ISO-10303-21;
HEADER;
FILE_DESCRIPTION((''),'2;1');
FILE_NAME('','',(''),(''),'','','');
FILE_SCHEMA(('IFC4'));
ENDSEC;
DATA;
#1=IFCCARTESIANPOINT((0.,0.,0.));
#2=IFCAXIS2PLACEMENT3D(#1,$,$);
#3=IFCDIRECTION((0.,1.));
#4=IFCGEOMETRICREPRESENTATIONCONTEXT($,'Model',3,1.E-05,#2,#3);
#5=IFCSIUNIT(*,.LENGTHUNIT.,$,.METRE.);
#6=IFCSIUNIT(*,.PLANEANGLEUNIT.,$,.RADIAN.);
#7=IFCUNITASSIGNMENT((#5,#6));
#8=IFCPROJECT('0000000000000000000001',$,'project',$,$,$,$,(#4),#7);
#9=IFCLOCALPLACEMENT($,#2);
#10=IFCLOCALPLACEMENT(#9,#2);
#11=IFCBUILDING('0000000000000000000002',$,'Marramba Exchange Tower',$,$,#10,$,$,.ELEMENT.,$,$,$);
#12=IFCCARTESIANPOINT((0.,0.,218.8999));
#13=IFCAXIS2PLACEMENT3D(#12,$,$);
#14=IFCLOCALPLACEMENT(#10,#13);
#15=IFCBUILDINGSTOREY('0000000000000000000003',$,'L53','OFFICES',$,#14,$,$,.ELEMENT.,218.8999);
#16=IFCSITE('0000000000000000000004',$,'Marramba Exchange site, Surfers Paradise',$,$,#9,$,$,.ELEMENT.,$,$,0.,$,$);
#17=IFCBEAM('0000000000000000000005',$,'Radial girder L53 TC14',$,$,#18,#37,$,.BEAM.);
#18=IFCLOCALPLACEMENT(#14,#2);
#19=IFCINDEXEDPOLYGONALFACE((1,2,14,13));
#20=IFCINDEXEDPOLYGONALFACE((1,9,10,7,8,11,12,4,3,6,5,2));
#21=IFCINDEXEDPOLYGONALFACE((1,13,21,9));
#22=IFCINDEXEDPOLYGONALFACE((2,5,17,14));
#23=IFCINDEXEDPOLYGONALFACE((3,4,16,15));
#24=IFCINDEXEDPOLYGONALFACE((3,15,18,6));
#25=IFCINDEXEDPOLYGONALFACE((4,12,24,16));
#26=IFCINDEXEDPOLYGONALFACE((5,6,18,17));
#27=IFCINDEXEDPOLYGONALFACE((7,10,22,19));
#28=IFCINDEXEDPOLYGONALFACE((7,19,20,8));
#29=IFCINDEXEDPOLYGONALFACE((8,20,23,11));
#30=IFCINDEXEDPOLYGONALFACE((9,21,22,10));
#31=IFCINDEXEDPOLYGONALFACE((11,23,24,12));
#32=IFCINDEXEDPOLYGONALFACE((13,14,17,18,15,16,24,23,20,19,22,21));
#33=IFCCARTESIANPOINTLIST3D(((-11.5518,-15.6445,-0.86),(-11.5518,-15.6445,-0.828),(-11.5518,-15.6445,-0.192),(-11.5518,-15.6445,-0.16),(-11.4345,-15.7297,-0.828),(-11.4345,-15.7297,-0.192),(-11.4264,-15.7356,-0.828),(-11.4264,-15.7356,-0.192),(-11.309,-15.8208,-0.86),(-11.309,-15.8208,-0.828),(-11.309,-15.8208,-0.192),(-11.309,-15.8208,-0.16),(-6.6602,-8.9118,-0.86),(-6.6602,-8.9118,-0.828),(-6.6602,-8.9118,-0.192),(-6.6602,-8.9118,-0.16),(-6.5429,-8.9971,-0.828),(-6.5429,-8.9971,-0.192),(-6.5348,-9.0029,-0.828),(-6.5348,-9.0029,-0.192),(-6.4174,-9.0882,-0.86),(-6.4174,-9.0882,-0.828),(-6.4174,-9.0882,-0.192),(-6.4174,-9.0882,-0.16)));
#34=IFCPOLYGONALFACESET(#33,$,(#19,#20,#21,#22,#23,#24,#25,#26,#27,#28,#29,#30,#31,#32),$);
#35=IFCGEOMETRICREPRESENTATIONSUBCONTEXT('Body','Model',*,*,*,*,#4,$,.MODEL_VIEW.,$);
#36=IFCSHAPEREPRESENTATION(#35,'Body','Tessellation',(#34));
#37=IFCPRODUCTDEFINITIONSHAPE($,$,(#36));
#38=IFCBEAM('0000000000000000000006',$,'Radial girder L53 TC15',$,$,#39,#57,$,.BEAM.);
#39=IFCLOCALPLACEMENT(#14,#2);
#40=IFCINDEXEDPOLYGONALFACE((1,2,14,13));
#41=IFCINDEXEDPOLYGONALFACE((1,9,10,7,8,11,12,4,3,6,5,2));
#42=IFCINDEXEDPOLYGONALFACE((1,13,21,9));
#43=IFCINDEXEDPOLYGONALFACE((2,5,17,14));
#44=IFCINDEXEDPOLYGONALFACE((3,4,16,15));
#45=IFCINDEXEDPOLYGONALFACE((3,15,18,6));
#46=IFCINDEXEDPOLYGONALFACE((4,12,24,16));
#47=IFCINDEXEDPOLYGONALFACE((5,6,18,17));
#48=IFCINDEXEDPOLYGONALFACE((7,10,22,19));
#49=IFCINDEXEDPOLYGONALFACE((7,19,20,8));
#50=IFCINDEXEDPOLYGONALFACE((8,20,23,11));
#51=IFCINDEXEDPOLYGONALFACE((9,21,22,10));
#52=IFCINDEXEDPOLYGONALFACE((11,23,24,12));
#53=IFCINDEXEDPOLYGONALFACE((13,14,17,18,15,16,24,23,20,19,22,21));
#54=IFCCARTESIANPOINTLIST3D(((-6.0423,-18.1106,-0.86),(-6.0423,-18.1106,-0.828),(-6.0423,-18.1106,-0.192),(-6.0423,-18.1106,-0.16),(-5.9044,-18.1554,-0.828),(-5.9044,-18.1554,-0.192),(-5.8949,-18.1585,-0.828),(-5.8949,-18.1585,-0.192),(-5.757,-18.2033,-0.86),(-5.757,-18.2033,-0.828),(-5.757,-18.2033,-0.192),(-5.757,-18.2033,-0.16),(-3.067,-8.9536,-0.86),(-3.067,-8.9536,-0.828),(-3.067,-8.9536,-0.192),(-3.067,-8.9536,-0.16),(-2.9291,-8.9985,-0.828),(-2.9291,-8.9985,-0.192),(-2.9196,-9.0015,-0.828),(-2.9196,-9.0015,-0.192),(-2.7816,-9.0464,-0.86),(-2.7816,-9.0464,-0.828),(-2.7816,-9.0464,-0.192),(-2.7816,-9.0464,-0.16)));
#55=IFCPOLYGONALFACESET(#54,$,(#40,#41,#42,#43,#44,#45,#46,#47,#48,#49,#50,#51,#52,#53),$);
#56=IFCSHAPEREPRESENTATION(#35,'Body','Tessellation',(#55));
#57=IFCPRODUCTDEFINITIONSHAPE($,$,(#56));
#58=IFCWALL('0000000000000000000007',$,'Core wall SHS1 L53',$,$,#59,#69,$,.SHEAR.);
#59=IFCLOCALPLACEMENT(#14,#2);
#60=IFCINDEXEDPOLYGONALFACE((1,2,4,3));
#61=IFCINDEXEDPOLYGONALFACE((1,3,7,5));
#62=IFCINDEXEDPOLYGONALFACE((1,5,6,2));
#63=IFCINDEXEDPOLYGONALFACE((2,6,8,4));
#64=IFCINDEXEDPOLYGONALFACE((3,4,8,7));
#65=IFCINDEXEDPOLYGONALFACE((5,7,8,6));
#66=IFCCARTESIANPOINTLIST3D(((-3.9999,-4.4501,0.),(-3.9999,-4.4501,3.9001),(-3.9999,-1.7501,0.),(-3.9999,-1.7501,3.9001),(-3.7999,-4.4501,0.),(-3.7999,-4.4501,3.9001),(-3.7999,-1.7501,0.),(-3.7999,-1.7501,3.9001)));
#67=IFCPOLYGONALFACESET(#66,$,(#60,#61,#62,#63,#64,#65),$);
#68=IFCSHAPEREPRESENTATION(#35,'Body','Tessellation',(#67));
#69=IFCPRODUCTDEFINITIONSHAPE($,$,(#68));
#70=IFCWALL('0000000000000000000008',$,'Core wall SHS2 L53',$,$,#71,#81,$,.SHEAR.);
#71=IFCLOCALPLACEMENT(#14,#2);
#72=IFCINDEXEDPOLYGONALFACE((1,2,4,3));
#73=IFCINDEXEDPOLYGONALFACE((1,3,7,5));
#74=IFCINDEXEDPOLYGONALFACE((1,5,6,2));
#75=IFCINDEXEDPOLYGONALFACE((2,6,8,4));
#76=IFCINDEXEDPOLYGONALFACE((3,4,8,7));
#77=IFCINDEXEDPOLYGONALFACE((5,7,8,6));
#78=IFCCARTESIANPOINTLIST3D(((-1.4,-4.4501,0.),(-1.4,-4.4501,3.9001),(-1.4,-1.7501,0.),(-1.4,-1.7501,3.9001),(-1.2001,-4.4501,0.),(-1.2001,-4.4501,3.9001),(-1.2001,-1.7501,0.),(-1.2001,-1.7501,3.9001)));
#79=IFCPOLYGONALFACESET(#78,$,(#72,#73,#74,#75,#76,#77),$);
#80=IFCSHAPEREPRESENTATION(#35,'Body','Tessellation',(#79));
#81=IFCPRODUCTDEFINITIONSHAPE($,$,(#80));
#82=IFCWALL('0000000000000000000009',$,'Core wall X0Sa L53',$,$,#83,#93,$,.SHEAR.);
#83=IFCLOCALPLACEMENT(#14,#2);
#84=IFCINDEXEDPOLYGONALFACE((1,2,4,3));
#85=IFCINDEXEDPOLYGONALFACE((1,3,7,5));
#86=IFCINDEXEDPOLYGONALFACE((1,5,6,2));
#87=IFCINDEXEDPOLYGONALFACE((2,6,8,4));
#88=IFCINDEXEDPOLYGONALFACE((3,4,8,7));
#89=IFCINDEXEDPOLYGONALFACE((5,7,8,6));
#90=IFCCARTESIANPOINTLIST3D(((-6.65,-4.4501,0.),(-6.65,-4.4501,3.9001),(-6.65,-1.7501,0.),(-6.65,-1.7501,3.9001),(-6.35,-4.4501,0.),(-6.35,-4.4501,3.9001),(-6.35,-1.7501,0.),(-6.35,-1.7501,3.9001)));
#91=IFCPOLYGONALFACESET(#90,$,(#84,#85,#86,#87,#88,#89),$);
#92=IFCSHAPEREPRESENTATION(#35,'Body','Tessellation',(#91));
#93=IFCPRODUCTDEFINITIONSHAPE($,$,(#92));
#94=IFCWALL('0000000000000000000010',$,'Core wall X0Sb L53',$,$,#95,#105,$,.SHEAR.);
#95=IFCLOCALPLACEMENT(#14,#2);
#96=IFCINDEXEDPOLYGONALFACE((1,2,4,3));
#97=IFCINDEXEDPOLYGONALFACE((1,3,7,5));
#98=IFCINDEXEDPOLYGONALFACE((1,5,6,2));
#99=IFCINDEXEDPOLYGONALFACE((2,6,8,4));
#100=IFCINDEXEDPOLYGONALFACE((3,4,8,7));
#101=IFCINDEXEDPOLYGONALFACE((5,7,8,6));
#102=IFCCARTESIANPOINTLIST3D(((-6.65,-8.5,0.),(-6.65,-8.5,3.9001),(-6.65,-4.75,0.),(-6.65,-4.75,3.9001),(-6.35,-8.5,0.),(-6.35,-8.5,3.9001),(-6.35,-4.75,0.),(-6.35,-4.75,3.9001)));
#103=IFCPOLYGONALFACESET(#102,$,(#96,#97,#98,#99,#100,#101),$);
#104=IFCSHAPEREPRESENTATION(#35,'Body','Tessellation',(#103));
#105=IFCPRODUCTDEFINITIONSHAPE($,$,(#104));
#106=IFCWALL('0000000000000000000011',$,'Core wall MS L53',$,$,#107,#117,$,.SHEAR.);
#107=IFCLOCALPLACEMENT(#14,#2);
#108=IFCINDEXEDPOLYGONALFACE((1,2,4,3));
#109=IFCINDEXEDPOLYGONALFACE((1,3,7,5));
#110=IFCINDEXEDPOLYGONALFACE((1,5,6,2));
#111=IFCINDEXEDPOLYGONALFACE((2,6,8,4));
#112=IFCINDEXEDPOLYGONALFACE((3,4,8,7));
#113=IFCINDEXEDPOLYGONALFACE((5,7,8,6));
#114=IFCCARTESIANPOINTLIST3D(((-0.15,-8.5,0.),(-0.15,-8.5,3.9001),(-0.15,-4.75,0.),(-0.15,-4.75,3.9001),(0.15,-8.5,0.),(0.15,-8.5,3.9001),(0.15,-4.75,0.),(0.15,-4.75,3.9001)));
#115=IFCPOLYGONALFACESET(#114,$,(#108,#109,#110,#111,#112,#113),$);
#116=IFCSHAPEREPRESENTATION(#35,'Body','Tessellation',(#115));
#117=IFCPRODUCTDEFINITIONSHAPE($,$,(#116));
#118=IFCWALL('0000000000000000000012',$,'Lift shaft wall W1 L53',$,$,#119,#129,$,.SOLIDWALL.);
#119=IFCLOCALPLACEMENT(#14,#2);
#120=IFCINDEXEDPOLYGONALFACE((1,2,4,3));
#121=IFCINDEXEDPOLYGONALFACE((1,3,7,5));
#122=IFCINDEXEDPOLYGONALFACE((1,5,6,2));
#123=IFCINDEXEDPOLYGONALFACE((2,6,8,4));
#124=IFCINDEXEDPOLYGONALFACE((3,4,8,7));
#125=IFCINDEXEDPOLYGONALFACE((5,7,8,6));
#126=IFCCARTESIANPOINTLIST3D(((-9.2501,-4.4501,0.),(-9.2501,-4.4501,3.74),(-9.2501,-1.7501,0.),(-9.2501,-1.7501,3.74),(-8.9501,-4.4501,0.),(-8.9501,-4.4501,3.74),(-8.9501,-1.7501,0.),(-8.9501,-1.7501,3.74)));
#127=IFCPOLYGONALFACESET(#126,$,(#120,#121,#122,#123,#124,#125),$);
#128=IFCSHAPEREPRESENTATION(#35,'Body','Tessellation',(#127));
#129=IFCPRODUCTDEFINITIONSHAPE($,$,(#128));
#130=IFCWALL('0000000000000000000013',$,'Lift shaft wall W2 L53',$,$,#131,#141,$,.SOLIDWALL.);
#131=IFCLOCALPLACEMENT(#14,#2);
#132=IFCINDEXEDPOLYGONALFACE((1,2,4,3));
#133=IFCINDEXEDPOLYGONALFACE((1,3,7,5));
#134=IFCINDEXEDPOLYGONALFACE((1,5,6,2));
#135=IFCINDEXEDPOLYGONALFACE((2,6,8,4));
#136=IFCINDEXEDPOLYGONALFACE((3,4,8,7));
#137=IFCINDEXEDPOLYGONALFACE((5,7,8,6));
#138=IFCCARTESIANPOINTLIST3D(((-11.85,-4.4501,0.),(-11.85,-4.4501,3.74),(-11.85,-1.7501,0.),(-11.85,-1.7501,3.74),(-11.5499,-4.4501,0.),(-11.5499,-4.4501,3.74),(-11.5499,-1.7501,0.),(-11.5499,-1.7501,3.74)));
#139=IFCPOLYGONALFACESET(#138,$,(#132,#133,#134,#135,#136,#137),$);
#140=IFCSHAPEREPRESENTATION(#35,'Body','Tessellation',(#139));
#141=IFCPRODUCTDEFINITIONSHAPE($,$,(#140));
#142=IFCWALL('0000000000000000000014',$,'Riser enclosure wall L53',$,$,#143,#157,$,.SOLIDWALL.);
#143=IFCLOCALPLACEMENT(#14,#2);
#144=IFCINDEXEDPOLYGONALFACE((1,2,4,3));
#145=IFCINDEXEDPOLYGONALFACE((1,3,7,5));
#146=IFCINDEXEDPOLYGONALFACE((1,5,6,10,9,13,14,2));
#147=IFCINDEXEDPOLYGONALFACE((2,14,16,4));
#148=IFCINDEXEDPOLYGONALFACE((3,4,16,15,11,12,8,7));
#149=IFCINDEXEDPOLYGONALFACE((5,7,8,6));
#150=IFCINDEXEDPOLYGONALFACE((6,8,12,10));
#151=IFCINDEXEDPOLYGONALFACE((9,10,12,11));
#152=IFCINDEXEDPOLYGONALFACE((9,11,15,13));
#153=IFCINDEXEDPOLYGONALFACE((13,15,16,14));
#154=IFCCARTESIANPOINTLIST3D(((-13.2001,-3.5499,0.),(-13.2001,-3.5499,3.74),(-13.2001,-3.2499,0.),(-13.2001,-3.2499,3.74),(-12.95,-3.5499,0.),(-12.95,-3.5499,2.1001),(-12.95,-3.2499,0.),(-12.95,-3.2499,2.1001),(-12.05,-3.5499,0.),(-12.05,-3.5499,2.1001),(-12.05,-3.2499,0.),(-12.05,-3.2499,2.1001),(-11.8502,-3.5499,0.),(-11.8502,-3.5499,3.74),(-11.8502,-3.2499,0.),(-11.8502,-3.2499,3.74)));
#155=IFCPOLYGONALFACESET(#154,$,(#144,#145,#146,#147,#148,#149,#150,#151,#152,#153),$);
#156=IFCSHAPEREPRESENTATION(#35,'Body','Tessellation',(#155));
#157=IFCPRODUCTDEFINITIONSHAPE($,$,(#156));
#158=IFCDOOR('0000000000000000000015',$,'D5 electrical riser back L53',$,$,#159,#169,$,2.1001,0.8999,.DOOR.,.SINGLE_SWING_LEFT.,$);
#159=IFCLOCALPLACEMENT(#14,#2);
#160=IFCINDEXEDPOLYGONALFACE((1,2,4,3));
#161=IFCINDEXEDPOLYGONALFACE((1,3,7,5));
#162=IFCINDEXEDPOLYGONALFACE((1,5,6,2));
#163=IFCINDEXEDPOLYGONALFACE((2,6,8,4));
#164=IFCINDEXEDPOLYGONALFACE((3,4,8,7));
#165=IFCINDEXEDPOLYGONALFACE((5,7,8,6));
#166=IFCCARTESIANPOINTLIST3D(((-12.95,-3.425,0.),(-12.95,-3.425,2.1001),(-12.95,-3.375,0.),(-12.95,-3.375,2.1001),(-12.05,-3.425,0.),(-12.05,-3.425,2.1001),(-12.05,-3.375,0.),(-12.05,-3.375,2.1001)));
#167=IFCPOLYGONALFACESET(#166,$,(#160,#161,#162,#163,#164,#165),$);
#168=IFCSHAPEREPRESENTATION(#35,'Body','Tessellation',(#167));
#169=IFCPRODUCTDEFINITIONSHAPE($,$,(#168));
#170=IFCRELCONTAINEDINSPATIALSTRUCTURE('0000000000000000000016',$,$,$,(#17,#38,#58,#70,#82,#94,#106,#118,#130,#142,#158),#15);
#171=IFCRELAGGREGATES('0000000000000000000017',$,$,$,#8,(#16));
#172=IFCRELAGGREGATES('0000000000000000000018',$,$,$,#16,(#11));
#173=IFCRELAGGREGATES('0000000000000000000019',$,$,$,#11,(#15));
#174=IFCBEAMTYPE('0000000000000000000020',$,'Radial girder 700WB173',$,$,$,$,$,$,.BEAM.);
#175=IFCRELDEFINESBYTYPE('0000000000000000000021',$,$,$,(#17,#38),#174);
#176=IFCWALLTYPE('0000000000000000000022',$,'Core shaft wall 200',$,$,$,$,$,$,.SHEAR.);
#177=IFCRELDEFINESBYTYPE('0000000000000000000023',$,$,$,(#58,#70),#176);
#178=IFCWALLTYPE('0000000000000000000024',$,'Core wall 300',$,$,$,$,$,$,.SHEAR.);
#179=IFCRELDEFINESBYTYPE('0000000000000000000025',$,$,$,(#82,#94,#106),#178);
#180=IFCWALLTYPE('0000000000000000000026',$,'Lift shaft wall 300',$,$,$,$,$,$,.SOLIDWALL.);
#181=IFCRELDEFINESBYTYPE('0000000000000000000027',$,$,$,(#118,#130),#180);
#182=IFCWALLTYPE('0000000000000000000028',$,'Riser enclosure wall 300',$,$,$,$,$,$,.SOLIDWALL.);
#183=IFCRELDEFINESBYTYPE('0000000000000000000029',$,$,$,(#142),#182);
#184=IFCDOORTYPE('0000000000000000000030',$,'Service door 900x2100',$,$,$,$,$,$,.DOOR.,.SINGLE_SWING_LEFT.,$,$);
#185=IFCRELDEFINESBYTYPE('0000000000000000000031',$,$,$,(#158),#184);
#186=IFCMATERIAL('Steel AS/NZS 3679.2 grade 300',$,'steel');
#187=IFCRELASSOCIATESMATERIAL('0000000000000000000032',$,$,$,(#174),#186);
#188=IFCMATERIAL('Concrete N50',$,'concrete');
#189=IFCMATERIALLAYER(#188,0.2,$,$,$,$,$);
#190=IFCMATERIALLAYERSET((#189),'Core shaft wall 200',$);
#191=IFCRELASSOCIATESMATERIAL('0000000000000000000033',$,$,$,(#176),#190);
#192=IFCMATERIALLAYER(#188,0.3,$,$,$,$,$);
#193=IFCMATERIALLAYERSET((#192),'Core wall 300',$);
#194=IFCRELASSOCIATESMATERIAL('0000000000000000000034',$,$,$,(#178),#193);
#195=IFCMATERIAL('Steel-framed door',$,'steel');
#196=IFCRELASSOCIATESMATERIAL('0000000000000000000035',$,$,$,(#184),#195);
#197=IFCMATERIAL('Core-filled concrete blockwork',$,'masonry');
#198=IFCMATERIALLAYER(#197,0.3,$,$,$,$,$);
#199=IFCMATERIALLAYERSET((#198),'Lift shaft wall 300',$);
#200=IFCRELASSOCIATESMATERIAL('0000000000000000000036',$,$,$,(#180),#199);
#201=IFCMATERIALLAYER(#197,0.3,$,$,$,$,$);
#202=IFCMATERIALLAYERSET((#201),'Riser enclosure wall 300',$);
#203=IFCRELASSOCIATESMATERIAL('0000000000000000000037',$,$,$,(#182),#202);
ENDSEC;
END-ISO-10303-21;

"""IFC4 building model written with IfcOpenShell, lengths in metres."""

from ifc_helpers import new_model, si_unit, direction, frame, frame_2d, origin, origin_2d, place, context, subcontext, project, spatial, rectangle, i_section, extrude, material, layer, layer_set, material_profile, profile_set, type_object, element, fill, save


model = new_model("IFC4")

# Units and contexts
model_context = context("Model", 3, precision=1e-05, world=origin(), true_north=direction((0.0, 1.0)))
body_context = subcontext(model_context, "Body", "Model", "MODEL_VIEW")
ifc_project = project(units=[si_unit("LENGTHUNIT", "METRE"), si_unit("PLANEANGLEUNIT", "RADIAN")], contexts=[model_context])

# Site, building, storey
site_placement = place(None, origin())
site = spatial("IfcSite", under=ifc_project, at=site_placement, Name="Marramba Exchange site, Surfers Paradise", CompositionType="ELEMENT", RefElevation=0.0)
building_placement = place(site_placement, origin())
building = spatial("IfcBuilding", under=site, at=building_placement, Name="Marramba Exchange Tower", CompositionType="ELEMENT")
storey_placement = place(building_placement, frame((0.0, 0.0, 218.8999)))
storey = spatial("IfcBuildingStorey", under=building, at=storey_placement, Name="L53", Description="OFFICES", CompositionType="ELEMENT", Elevation=218.8999)

# Beams
ifc_material_1 = material(Name="Steel AS/NZS 3679.2 grade 300", Category="steel")
ifc_material_profile = material_profile(ifc_material_1, i_section(OverallWidth=0.3, OverallDepth=0.7, WebThickness=0.01, FlangeThickness=0.032, at=origin_2d()), Name="700WB173")
ifc_profile_set = profile_set([ifc_material_profile], Name="Steel AS/NZS 3679.2 grade 300")
beam_type = type_object("IfcBeamType", Name="Radial girder 700WB173", PredefinedType="BEAM", material=ifc_profile_set)
beam_1_placement = place(storey_placement, frame((-6.5388, -9.0, -0.51), z_axis=(-0.587788, -0.809015, 0.0), x_axis=(0.809015, -0.587788, 0.0)))
element("IfcBeam", 1, at=beam_1_placement, inside=storey, type_object=beam_type, Name="Radial girder L53 TC14", PredefinedType="BEAM", context=body_context, shape_type="SweptSolid", body=[
    extrude(i_section(OverallWidth=0.3, OverallDepth=0.7, WebThickness=0.01, FlangeThickness=0.032, at=origin_2d()), origin(), (0.0, 0.0, 1.0), 8.322),
])
beam_2_placement = place(storey_placement, frame((-2.9243, -9.0, -0.51), z_axis=(-0.309022, -0.951055, 0.0), x_axis=(0.951055, -0.309022, 0.0)))
element("IfcBeam", 2, at=beam_2_placement, inside=storey, type_object=beam_type, Name="Radial girder L53 TC15", PredefinedType="BEAM", context=body_context, shape_type="SweptSolid", body=[
    extrude(i_section(OverallWidth=0.3, OverallDepth=0.7, WebThickness=0.01, FlangeThickness=0.032, at=origin_2d()), origin(), (0.0, 0.0, 1.0), 9.6282),
])

# Walls
ifc_material_2 = material(Name="Concrete N50", Category="concrete")
ifc_layer_1 = layer(ifc_material_2, 0.2)
ifc_layer_set_1 = layer_set([ifc_layer_1], Name="Core shaft wall 200")
wall_type_1 = type_object("IfcWallType", Name="Core shaft wall 200", PredefinedType="SHEAR", material=ifc_layer_set_1)
for number, where, z_axis, x_axis, name in (
    (3, (-3.8999, -1.75, 0.0), (0.0, 0.0, 1.0), (0.0, -1.0, 0.0), "Core wall SHS1 L53"),
    (4, (-1.3, -1.75, 0.0), (0.0, 0.0, 1.0), (0.0, -1.0, 0.0), "Core wall SHS2 L53"),
):
    element("IfcWall", number, at=place(storey_placement, frame(where, z_axis=z_axis, x_axis=x_axis)), inside=storey, type_object=wall_type_1, Name=name, PredefinedType="SHEAR", context=body_context, shape_type="SweptSolid", body=[
        extrude(rectangle(XDim=2.7, YDim=0.2, at=frame_2d((1.3501, 0.0))), origin(), (0.0, 0.0, 1.0), 3.9001),
    ])

# Shared definitions
ifc_layer_2 = layer(ifc_material_2, 0.3)
ifc_layer_set_2 = layer_set([ifc_layer_2], Name="Core wall 300")
wall_type_2 = type_object("IfcWallType", Name="Core wall 300", PredefinedType="SHEAR", material=ifc_layer_set_2)
ifc_material_3 = material(Name="Steel-framed door", Category="steel")
door_type_1 = type_object("IfcDoorType", Name="Service door 900x2100", OperationType="SINGLE_SWING_LEFT", PredefinedType="DOOR", material=ifc_material_3)

# Walls
wall_1_placement = place(storey_placement, frame((-6.5, -1.75, 0.0), z_axis=(0.0, 0.0, 1.0), x_axis=(0.0, -1.0, 0.0)))
element("IfcWall", 5, at=wall_1_placement, inside=storey, type_object=wall_type_2, Name="Core wall X0Sa L53", PredefinedType="SHEAR", context=body_context, shape_type="SweptSolid", body=[
    extrude(rectangle(XDim=2.7, YDim=0.3, at=frame_2d((1.3501, 0.0))), origin(), (0.0, 0.0, 1.0), 3.9001),
])
for number, where, z_axis, x_axis, name in (
    (6, (-6.5, -4.75, 0.0), (0.0, 0.0, 1.0), (0.0, -1.0, 0.0), "Core wall X0Sb L53"),
    (7, (0.0, -4.75, 0.0), (0.0, 0.0, 1.0), (0.0, -1.0, 0.0), "Core wall MS L53"),
):
    element("IfcWall", number, at=place(storey_placement, frame(where, z_axis=z_axis, x_axis=x_axis)), inside=storey, type_object=wall_type_2, Name=name, PredefinedType="SHEAR", context=body_context, shape_type="SweptSolid", body=[
        extrude(rectangle(XDim=3.75, YDim=0.3, at=frame_2d((1.875, 0.0))), origin(), (0.0, 0.0, 1.0), 3.9001),
    ])
ifc_material_4 = material(Name="Core-filled concrete blockwork", Category="masonry")
ifc_layer_3 = layer(ifc_material_4, 0.3)
ifc_layer_set_3 = layer_set([ifc_layer_3], Name="Lift shaft wall 300")
wall_type_3 = type_object("IfcWallType", Name="Lift shaft wall 300", PredefinedType="SOLIDWALL", material=ifc_layer_set_3)
for number, where, z_axis, x_axis, name in (
    (8, (-9.1001, -1.75, 0.0), (0.0, 0.0, 1.0), (0.0, -1.0, 0.0), "Lift shaft wall W1 L53"),
    (9, (-11.7, -1.75, 0.0), (0.0, 0.0, 1.0), (0.0, -1.0, 0.0), "Lift shaft wall W2 L53"),
):
    element("IfcWall", number, at=place(storey_placement, frame(where, z_axis=z_axis, x_axis=x_axis)), inside=storey, type_object=wall_type_3, Name=name, PredefinedType="SOLIDWALL", context=body_context, shape_type="SweptSolid", body=[
        extrude(rectangle(XDim=2.7, YDim=0.3, at=frame_2d((1.3501, 0.0))), origin(), (0.0, 0.0, 1.0), 3.74),
    ])

# Wall, opening, door
ifc_layer_4 = layer(ifc_material_4, 0.3)
ifc_layer_set_4 = layer_set([ifc_layer_4], Name="Riser enclosure wall 300")
wall_type_4 = type_object("IfcWallType", Name="Riser enclosure wall 300", PredefinedType="SOLIDWALL", material=ifc_layer_set_4)
wall_2_placement = place(storey_placement, frame((-13.2, -3.3999, 0.0), z_axis=(0.0, 0.0, 1.0), x_axis=(1.0, 0.0, 0.0)))
wall_2 = element("IfcWall", 10, at=wall_2_placement, inside=storey, type_object=wall_type_4, Name="Riser enclosure wall L53", PredefinedType="SOLIDWALL", context=body_context, shape_type="SweptSolid", body=[
    extrude(rectangle(XDim=1.3499, YDim=0.3, at=frame_2d((0.6748, 0.0))), origin(), (0.0, 0.0, 1.0), 3.74),
])
opening_1_placement = place(wall_2_placement, frame((0.25, 0.0, 0.0)))
opening_1 = element("IfcOpeningElement", 11, at=opening_1_placement, cuts=wall_2, PredefinedType="OPENING", context=body_context, shape_type="SweptSolid", body=[
    extrude(rectangle(XDim=0.8999, YDim=2.1001, at=frame_2d((0.45, 1.05))), frame((0.0, 0.1599, 0.0), z_axis=(0.0, -1.0, 0.0), x_axis=(1.0, 0.0, 0.0)), (0.0, 0.0, 1.0), 0.3201),
])
door_1_placement = place(opening_1_placement, frame((0.8999, 0.0, 0.0), z_axis=(0.0, 0.0, 1.0), x_axis=(-1.0, 0.0, 0.0)))
door_1 = element("IfcDoor", 12, at=door_1_placement, inside=storey, type_object=door_type_1, Name="D5 electrical riser back L53", OperationType="SINGLE_SWING_LEFT", OverallHeight=2.1001, OverallWidth=0.8999, PredefinedType="DOOR", context=body_context, shape_type="SweptSolid", body=[
    extrude(rectangle(XDim=0.8999, YDim=2.1001, at=frame_2d((0.45, 1.05))), frame((0.0, 0.0251, 0.0), z_axis=(0.0, -1.0, 0.0), x_axis=(1.0, 0.0, 0.0)), (0.0, 0.0, 1.0), 0.05),
])
fill(opening_1, door_1)

save(model, "model.ifc")
